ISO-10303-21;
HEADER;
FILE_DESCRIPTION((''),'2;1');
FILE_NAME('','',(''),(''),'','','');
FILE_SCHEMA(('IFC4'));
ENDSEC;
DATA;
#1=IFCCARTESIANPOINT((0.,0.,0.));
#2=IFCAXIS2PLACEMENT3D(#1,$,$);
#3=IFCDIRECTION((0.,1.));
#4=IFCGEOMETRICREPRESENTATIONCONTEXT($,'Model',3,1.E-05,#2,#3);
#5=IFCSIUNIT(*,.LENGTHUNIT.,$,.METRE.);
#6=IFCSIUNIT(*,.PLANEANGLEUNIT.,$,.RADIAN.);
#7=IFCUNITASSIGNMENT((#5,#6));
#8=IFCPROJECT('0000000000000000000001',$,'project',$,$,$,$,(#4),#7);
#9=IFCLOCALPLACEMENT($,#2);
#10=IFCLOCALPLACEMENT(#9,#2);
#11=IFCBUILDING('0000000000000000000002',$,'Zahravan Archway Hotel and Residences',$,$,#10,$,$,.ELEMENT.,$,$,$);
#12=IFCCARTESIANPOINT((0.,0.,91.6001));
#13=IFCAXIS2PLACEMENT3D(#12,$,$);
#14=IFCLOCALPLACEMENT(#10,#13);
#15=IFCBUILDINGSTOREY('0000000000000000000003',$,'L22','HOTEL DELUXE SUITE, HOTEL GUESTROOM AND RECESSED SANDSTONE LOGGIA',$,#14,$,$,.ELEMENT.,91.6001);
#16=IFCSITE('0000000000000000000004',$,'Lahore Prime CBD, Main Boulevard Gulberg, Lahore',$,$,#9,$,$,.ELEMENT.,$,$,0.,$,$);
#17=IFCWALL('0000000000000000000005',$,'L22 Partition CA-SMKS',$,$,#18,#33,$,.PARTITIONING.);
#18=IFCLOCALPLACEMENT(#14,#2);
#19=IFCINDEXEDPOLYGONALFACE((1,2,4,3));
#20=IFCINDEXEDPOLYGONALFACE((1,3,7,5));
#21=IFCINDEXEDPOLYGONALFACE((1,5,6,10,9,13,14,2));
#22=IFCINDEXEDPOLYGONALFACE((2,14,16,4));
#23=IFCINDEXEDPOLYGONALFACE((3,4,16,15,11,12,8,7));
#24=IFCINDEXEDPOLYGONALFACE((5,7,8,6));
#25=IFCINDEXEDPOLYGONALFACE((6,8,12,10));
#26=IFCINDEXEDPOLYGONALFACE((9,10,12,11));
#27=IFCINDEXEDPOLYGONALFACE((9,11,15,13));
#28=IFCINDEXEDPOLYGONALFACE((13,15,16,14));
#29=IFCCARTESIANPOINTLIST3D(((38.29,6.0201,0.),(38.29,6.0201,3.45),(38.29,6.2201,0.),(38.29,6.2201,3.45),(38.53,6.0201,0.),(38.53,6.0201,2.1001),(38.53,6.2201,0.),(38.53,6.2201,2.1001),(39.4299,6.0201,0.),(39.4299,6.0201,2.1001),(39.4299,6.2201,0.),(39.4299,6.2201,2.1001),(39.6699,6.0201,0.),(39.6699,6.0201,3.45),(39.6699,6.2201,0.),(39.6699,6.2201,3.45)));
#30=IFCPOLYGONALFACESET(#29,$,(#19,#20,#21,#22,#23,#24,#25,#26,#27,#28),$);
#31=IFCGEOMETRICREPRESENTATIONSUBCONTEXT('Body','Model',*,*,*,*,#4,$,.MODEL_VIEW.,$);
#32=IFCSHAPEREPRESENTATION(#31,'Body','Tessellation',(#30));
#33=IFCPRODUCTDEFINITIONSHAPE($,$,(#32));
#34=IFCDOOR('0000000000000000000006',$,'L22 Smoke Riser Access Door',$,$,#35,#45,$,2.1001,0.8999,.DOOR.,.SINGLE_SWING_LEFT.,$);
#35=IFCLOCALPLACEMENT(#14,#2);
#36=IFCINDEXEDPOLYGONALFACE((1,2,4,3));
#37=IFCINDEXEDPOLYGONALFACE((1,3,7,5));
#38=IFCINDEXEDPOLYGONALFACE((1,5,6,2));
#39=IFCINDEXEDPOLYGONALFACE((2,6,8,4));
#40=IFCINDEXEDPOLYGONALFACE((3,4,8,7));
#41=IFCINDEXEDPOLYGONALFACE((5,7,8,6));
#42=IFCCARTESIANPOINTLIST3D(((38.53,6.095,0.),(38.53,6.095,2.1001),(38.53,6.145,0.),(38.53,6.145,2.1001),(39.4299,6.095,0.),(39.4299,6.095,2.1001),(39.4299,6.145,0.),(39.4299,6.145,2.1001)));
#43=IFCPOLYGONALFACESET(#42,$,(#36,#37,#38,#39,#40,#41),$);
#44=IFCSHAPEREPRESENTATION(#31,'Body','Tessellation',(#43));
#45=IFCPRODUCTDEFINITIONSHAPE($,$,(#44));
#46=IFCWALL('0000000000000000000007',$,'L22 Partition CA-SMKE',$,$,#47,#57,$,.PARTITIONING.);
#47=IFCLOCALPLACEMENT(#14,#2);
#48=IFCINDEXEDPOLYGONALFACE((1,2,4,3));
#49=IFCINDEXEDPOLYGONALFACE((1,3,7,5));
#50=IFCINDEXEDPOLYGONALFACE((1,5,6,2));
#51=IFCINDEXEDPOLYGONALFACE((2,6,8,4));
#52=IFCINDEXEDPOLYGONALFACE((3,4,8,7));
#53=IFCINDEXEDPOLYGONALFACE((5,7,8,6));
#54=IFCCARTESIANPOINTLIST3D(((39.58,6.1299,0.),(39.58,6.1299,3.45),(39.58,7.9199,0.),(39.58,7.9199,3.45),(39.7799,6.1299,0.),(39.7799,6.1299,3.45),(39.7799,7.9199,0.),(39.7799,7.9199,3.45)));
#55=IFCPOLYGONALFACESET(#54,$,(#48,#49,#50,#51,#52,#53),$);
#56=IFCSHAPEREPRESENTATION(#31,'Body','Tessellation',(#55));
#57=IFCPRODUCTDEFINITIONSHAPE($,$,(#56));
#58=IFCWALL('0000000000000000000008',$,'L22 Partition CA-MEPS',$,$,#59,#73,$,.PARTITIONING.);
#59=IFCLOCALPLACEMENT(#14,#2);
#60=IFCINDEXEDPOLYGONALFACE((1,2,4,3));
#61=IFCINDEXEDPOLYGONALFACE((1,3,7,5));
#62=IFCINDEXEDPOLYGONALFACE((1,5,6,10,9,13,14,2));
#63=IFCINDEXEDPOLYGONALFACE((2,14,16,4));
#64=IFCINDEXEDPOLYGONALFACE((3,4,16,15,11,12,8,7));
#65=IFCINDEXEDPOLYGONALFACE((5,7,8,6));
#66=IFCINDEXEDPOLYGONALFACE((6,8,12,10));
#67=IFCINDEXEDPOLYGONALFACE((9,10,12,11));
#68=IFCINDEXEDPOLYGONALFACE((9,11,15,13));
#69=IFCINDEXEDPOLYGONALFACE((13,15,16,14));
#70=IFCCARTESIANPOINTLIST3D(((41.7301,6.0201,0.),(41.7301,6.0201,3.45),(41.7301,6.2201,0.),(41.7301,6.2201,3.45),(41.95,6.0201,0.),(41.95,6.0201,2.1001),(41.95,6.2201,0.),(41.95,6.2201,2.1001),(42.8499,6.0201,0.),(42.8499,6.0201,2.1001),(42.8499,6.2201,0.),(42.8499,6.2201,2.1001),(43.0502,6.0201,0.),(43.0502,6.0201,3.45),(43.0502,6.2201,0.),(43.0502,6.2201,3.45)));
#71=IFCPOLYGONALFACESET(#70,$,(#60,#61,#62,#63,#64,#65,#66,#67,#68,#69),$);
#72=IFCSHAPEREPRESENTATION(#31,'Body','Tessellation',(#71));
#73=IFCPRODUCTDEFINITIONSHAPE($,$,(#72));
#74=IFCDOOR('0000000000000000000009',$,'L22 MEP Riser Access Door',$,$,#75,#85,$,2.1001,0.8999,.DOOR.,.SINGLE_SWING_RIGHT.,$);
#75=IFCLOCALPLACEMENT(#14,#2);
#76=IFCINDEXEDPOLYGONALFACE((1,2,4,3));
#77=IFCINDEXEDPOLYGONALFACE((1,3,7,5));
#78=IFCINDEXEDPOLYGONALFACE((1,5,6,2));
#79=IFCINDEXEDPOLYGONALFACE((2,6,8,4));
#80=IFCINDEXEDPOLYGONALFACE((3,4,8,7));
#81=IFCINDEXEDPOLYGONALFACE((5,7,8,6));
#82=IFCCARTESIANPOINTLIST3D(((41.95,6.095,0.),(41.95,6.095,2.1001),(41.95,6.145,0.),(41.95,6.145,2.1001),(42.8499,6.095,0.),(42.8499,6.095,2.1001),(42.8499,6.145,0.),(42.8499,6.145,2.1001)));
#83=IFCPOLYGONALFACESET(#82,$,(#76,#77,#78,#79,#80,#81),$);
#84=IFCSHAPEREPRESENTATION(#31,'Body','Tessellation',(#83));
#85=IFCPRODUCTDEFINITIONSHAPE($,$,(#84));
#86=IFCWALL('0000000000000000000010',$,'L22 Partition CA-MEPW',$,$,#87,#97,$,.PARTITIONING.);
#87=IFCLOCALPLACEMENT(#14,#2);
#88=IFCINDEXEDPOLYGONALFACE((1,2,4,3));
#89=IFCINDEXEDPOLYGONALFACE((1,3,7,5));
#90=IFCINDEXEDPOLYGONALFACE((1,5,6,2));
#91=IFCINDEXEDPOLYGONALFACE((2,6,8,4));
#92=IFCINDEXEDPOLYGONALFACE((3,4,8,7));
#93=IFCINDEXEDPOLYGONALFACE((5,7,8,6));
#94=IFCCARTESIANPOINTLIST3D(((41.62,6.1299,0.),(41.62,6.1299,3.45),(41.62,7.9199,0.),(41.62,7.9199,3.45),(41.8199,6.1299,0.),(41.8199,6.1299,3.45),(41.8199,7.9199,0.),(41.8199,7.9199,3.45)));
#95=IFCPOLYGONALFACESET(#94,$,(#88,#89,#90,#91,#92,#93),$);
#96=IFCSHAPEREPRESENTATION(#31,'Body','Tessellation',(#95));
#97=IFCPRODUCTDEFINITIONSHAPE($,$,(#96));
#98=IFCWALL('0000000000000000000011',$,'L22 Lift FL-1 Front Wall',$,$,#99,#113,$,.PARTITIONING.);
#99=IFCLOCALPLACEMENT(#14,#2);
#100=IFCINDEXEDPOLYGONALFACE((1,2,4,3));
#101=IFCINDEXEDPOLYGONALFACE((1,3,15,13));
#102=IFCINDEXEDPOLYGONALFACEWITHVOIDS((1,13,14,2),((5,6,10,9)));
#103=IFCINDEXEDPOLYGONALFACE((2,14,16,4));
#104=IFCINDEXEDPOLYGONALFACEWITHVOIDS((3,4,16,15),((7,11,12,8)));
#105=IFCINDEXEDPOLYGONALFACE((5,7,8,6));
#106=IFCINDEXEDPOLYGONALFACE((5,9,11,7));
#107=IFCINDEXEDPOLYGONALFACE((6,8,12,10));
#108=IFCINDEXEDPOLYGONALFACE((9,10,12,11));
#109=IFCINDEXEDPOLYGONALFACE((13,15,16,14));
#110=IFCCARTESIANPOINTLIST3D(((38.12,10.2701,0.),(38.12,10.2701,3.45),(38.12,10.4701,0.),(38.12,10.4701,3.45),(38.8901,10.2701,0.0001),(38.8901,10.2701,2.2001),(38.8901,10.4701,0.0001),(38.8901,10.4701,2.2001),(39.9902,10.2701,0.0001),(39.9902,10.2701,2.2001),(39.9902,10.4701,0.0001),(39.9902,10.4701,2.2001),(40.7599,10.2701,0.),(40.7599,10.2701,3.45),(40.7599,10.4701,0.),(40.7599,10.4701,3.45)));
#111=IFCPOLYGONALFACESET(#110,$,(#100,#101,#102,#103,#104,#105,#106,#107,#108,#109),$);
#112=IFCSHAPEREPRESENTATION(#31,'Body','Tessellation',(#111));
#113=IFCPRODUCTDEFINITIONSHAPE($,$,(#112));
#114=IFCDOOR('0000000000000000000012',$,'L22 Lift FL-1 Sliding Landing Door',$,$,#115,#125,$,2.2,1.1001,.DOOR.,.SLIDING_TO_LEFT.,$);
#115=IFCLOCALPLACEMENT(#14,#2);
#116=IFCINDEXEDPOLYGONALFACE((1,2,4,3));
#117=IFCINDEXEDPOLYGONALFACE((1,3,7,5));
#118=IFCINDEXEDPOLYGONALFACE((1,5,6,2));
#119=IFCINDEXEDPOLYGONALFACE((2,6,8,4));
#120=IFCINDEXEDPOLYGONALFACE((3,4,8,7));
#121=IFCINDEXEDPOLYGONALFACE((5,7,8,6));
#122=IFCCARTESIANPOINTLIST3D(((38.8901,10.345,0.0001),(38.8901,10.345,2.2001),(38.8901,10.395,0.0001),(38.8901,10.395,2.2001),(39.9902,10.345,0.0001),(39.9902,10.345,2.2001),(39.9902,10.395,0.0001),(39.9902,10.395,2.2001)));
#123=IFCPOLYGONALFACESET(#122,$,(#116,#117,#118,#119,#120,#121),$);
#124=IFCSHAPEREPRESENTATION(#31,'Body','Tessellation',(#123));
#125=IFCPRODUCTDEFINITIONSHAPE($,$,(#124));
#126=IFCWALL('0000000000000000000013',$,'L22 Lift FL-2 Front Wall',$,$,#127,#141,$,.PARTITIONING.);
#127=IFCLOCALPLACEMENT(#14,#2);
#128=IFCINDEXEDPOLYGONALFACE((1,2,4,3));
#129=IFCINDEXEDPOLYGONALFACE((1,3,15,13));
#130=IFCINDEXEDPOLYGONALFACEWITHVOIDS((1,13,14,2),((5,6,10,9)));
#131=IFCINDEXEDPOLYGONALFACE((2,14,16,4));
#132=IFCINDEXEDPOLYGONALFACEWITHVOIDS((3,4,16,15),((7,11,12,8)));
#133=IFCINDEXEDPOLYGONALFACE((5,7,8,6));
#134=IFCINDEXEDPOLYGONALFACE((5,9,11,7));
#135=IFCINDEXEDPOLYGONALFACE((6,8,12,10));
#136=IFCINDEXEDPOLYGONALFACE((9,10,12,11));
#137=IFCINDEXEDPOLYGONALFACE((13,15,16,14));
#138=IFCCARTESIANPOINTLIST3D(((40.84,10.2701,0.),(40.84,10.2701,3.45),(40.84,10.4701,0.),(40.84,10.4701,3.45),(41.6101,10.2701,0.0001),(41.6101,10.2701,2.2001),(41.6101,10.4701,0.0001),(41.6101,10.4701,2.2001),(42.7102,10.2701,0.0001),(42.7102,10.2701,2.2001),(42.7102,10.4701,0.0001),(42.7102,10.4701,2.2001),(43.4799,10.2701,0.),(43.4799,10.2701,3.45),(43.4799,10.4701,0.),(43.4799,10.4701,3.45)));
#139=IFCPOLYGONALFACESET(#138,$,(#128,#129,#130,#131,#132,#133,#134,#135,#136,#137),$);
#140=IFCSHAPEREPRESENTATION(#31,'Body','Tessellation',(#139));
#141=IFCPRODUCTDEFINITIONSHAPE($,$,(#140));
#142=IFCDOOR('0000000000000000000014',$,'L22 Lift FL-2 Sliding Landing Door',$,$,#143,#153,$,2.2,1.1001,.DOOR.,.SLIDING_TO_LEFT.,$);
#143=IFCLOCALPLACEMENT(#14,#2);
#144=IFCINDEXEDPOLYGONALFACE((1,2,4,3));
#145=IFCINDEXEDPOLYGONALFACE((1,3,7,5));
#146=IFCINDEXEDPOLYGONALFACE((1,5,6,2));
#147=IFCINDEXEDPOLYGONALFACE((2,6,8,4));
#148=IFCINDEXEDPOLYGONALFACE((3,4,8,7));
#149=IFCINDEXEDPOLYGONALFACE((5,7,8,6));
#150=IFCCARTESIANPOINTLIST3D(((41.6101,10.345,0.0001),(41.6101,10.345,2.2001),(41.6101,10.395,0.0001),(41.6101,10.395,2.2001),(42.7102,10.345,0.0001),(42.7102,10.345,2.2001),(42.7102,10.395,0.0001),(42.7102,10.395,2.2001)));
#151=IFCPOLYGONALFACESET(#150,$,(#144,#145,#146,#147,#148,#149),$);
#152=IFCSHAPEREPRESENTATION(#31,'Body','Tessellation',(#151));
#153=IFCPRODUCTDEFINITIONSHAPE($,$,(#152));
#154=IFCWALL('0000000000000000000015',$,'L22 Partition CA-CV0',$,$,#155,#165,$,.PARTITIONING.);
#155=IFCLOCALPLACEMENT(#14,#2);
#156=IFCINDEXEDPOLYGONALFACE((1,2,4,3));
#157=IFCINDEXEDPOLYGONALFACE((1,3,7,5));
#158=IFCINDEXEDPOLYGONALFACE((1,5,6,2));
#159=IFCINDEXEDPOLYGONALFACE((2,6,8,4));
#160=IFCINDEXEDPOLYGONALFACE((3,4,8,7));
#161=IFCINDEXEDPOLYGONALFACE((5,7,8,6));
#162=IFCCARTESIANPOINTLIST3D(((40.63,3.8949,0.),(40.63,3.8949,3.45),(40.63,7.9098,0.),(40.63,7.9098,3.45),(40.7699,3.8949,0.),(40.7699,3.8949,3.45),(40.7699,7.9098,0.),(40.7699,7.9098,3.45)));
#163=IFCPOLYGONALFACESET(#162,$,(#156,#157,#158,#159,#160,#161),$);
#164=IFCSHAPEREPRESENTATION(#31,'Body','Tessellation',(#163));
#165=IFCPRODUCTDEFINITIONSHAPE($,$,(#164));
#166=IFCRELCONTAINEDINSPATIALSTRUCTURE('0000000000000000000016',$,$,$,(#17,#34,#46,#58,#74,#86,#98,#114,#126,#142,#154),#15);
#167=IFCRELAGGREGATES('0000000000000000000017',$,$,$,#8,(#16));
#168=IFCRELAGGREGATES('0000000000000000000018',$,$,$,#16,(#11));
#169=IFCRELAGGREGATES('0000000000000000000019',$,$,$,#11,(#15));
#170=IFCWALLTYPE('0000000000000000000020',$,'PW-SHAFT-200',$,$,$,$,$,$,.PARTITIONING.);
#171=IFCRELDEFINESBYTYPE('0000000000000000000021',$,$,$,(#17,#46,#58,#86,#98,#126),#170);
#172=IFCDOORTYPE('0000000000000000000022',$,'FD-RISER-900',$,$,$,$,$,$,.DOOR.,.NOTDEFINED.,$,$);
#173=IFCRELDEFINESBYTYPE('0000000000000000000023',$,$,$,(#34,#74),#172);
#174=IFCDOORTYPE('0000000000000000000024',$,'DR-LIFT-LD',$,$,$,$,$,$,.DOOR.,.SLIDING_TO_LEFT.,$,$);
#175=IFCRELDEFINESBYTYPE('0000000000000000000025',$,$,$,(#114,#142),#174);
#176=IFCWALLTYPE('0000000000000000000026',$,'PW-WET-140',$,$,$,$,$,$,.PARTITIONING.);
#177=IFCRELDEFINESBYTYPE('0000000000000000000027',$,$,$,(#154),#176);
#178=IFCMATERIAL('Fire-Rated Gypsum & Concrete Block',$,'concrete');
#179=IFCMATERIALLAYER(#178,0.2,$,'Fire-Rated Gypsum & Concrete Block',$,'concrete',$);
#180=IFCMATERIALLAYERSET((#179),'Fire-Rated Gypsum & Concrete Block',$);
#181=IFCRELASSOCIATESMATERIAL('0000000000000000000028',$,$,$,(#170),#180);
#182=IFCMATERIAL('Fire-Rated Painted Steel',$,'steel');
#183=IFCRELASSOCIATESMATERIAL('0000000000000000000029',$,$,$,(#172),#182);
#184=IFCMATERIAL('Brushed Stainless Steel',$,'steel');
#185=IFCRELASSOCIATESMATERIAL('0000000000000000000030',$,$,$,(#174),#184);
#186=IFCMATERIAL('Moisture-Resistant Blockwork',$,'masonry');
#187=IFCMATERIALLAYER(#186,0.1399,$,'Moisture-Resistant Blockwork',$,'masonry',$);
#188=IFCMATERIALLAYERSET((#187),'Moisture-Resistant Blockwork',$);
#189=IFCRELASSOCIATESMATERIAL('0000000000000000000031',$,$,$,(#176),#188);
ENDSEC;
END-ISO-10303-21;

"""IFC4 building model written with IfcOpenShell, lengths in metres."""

from ifc_helpers import new_model, si_unit, direction, frame, frame_2d, origin, place, context, subcontext, project, spatial, rectangle, extrude, source, transform, mapped, material, layer, layer_set, type_object, type_shapes, element, fill, save


model = new_model("IFC4")

# Units and contexts
model_context = context("Model", 3, precision=1e-05, world=origin(), true_north=direction((0.0, 1.0)))
body_context = subcontext(model_context, "Body", "Model", "MODEL_VIEW")
ifc_project = project(units=[si_unit("LENGTHUNIT", "METRE"), si_unit("PLANEANGLEUNIT", "RADIAN")], contexts=[model_context])

# Site, building, storey
site_placement = place(None, origin())
site = spatial("IfcSite", under=ifc_project, at=site_placement, Name="Lahore Prime CBD, Main Boulevard Gulberg, Lahore", CompositionType="ELEMENT", RefElevation=0.0)
building_placement = place(site_placement, origin())
building = spatial("IfcBuilding", under=site, at=building_placement, Name="Zahravan Archway Hotel and Residences", CompositionType="ELEMENT")
storey_placement = place(building_placement, frame((0.0, 0.0, 91.6001)))
storey = spatial("IfcBuildingStorey", under=building, at=storey_placement, Name="L22", Description="HOTEL DELUXE SUITE, HOTEL GUESTROOM AND RECESSED SANDSTONE LOGGIA", CompositionType="ELEMENT", Elevation=91.6001)

# Shared definitions
ifc_material_1 = material(Name="Fire-Rated Gypsum & Concrete Block", Category="concrete")
ifc_layer_1 = layer(ifc_material_1, 0.2, Name="Fire-Rated Gypsum & Concrete Block", Category="concrete")
ifc_layer_set_1 = layer_set([ifc_layer_1], Name="Fire-Rated Gypsum & Concrete Block")
wall_type_1 = type_object("IfcWallType", Name="PW-SHAFT-200", PredefinedType="PARTITIONING", material=ifc_layer_set_1)

# Wall, opening, door
wall_1_placement = place(storey_placement, frame((38.29, 6.1201, 0.0), z_axis=(0.0, 0.0, 1.0), x_axis=(1.0, 0.0, 0.0)))
wall_1 = element("IfcWall", 1, at=wall_1_placement, inside=storey, type_object=wall_type_1, Name="L22 Partition CA-SMKS", PredefinedType="PARTITIONING", context=body_context, shape_type="SweptSolid", body=[
    extrude(rectangle(XDim=1.3799, YDim=0.2, at=frame_2d((0.6899, 0.0))), origin(), (0.0, 0.0, 1.0), 3.45),
])
opening_1_placement = place(wall_1_placement, frame((0.24, 0.0, 0.0)))
opening_1 = element("IfcOpeningElement", 2, at=opening_1_placement, cuts=wall_1, PredefinedType="OPENING", context=body_context, shape_type="SweptSolid", body=[
    extrude(rectangle(XDim=0.8999, YDim=2.1001, at=frame_2d((0.45, 1.05))), frame((0.0, 0.1099, 0.0), z_axis=(0.0, -1.0, 0.0), x_axis=(1.0, 0.0, 0.0)), (0.0, 0.0, 1.0), 0.22),
])
ifc_material_2 = material(Name="Fire-Rated Painted Steel", Category="steel")
door_type_1 = type_object("IfcDoorType", Name="FD-RISER-900", OperationType="NOTDEFINED", PredefinedType="DOOR", material=ifc_material_2)
shared_shape_1 = source(origin(), body_context, "Body", "SweptSolid", [
    extrude(rectangle(XDim=0.8999, YDim=2.1001, at=frame_2d((0.45, 1.05))), frame((0.0, 0.0249, 0.0), z_axis=(0.0, -1.0, 0.0), x_axis=(1.0, 0.0, 0.0)), (0.0, 0.0, 1.0), 0.05),
])
type_shapes(door_type_1, [shared_shape_1])
door_1_placement = place(opening_1_placement, origin())
door_1 = element("IfcDoor", 3, at=door_1_placement, inside=storey, type_object=door_type_1, Name="L22 Smoke Riser Access Door", OperationType="SINGLE_SWING_LEFT", OverallHeight=2.1001, OverallWidth=0.8999, PredefinedType="DOOR", context=body_context, shape_type="MappedRepresentation", body=[
    mapped(shared_shape_1, transform((0.0, 0.0, 0.0), scale=1.0)),
])
fill(opening_1, door_1)

# Wall
wall_2_placement = place(storey_placement, frame((39.6799, 6.1299, 0.0), z_axis=(0.0, 0.0, 1.0), x_axis=(0.0, 1.0, 0.0)))
element("IfcWall", 4, at=wall_2_placement, inside=storey, type_object=wall_type_1, Name="L22 Partition CA-SMKE", PredefinedType="PARTITIONING", context=body_context, shape_type="SweptSolid", body=[
    extrude(rectangle(XDim=1.79, YDim=0.2, at=frame_2d((0.895, 0.0))), origin(), (0.0, 0.0, 1.0), 3.45),
])

# Wall, opening, door
wall_3_placement = place(storey_placement, frame((41.73, 6.1201, 0.0), z_axis=(0.0, 0.0, 1.0), x_axis=(1.0, 0.0, 0.0)))
wall_3 = element("IfcWall", 5, at=wall_3_placement, inside=storey, type_object=wall_type_1, Name="L22 Partition CA-MEPS", PredefinedType="PARTITIONING", context=body_context, shape_type="SweptSolid", body=[
    extrude(rectangle(XDim=1.3201, YDim=0.2, at=frame_2d((0.6602, 0.0))), origin(), (0.0, 0.0, 1.0), 3.45),
])
opening_2_placement = place(wall_3_placement, frame((0.22, 0.0, 0.0)))
opening_2 = element("IfcOpeningElement", 6, at=opening_2_placement, cuts=wall_3, PredefinedType="OPENING", context=body_context, shape_type="SweptSolid", body=[
    extrude(rectangle(XDim=0.8999, YDim=2.1001, at=frame_2d((0.45, 1.05))), frame((0.0, 0.1099, 0.0), z_axis=(0.0, -1.0, 0.0), x_axis=(1.0, 0.0, 0.0)), (0.0, 0.0, 1.0), 0.22),
])
door_2_placement = place(opening_2_placement, origin())
door_2 = element("IfcDoor", 7, at=door_2_placement, inside=storey, type_object=door_type_1, Name="L22 MEP Riser Access Door", OperationType="SINGLE_SWING_RIGHT", OverallHeight=2.1001, OverallWidth=0.8999, PredefinedType="DOOR", context=body_context, shape_type="MappedRepresentation", body=[
    mapped(shared_shape_1, transform((0.0, 0.0, 0.0), scale=1.0)),
])
fill(opening_2, door_2)

# Wall
wall_4_placement = place(storey_placement, frame((41.72, 6.1299, 0.0), z_axis=(0.0, 0.0, 1.0), x_axis=(0.0, 1.0, 0.0)))
element("IfcWall", 8, at=wall_4_placement, inside=storey, type_object=wall_type_1, Name="L22 Partition CA-MEPW", PredefinedType="PARTITIONING", context=body_context, shape_type="SweptSolid", body=[
    extrude(rectangle(XDim=1.79, YDim=0.2, at=frame_2d((0.895, 0.0))), origin(), (0.0, 0.0, 1.0), 3.45),
])

# Walls, openings, doors
wall_5_placement = place(storey_placement, frame((38.1201, 10.3701, 0.0), z_axis=(0.0, 0.0, 1.0), x_axis=(1.0, 0.0, 0.0)))
wall_5 = element("IfcWall", 9, at=wall_5_placement, inside=storey, type_object=wall_type_1, Name="L22 Lift FL-1 Front Wall", PredefinedType="PARTITIONING", context=body_context, shape_type="SweptSolid", body=[
    extrude(rectangle(XDim=2.6399, YDim=0.2, at=frame_2d((1.3198, 0.0))), origin(), (0.0, 0.0, 1.0), 3.45),
])
opening_3_placement = place(wall_5_placement, frame((0.77, 0.0, 0.0)))
opening_3 = element("IfcOpeningElement", 10, at=opening_3_placement, cuts=wall_5, PredefinedType="OPENING", context=body_context, shape_type="SweptSolid", body=[
    extrude(rectangle(XDim=1.1001, YDim=2.2, at=frame_2d((0.55, 1.1001))), frame((0.0, 0.1099, 0.0), z_axis=(0.0, -1.0, 0.0), x_axis=(1.0, 0.0, 0.0)), (0.0, 0.0, 1.0), 0.22),
])
ifc_material_3 = material(Name="Brushed Stainless Steel", Category="steel")
door_type_2 = type_object("IfcDoorType", Name="DR-LIFT-LD", OperationType="SLIDING_TO_LEFT", PredefinedType="DOOR", material=ifc_material_3)
shared_shape_2 = source(origin(), body_context, "Body", "SweptSolid", [
    extrude(rectangle(XDim=1.1001, YDim=2.2, at=frame_2d((0.55, 1.1001))), frame((0.0, 0.0249, 0.0), z_axis=(0.0, -1.0, 0.0), x_axis=(1.0, 0.0, 0.0)), (0.0, 0.0, 1.0), 0.05),
])
type_shapes(door_type_2, [shared_shape_2])
door_3_placement = place(opening_3_placement, origin())
door_3 = element("IfcDoor", 11, at=door_3_placement, inside=storey, type_object=door_type_2, Name="L22 Lift FL-1 Sliding Landing Door", OperationType="SLIDING_TO_LEFT", OverallHeight=2.2, OverallWidth=1.1001, PredefinedType="DOOR", context=body_context, shape_type="MappedRepresentation", body=[
    mapped(shared_shape_2, transform((0.0, 0.0, 0.0), scale=1.0)),
])
fill(opening_3, door_3)
wall_6_placement = place(storey_placement, frame((40.8401, 10.3701, 0.0), z_axis=(0.0, 0.0, 1.0), x_axis=(1.0, 0.0, 0.0)))
wall_6 = element("IfcWall", 12, at=wall_6_placement, inside=storey, type_object=wall_type_1, Name="L22 Lift FL-2 Front Wall", PredefinedType="PARTITIONING", context=body_context, shape_type="SweptSolid", body=[
    extrude(rectangle(XDim=2.6399, YDim=0.2, at=frame_2d((1.3198, 0.0))), origin(), (0.0, 0.0, 1.0), 3.45),
])
opening_4_placement = place(wall_6_placement, frame((0.77, 0.0, 0.0)))
opening_4 = element("IfcOpeningElement", 13, at=opening_4_placement, cuts=wall_6, PredefinedType="OPENING", context=body_context, shape_type="SweptSolid", body=[
    extrude(rectangle(XDim=1.1001, YDim=2.2, at=frame_2d((0.55, 1.1001))), frame((0.0, 0.1099, 0.0), z_axis=(0.0, -1.0, 0.0), x_axis=(1.0, 0.0, 0.0)), (0.0, 0.0, 1.0), 0.22),
])
door_4_placement = place(opening_4_placement, origin())
door_4 = element("IfcDoor", 14, at=door_4_placement, inside=storey, type_object=door_type_2, Name="L22 Lift FL-2 Sliding Landing Door", OperationType="SLIDING_TO_LEFT", OverallHeight=2.2, OverallWidth=1.1001, PredefinedType="DOOR", context=body_context, shape_type="MappedRepresentation", body=[
    mapped(shared_shape_2, transform((0.0, 0.0, 0.0), scale=1.0)),
])
fill(opening_4, door_4)

# Wall
ifc_material_4 = material(Name="Moisture-Resistant Blockwork", Category="masonry")
ifc_layer_2 = layer(ifc_material_4, 0.1399, Name="Moisture-Resistant Blockwork", Category="masonry")
ifc_layer_set_2 = layer_set([ifc_layer_2], Name="Moisture-Resistant Blockwork")
wall_type_2 = type_object("IfcWallType", Name="PW-WET-140", PredefinedType="PARTITIONING", material=ifc_layer_set_2)
wall_7_placement = place(storey_placement, frame((40.7, 3.895, 0.0), z_axis=(0.0, 0.0, 1.0), x_axis=(0.0, 1.0, 0.0)))
element("IfcWall", 15, at=wall_7_placement, inside=storey, type_object=wall_type_2, Name="L22 Partition CA-CV0", PredefinedType="PARTITIONING", context=body_context, shape_type="SweptSolid", body=[
    extrude(rectangle(XDim=4.0149, YDim=0.1399, at=frame_2d((2.0073, 0.0))), origin(), (0.0, 0.0, 1.0), 3.45),
])

save(model, "model.ifc")
